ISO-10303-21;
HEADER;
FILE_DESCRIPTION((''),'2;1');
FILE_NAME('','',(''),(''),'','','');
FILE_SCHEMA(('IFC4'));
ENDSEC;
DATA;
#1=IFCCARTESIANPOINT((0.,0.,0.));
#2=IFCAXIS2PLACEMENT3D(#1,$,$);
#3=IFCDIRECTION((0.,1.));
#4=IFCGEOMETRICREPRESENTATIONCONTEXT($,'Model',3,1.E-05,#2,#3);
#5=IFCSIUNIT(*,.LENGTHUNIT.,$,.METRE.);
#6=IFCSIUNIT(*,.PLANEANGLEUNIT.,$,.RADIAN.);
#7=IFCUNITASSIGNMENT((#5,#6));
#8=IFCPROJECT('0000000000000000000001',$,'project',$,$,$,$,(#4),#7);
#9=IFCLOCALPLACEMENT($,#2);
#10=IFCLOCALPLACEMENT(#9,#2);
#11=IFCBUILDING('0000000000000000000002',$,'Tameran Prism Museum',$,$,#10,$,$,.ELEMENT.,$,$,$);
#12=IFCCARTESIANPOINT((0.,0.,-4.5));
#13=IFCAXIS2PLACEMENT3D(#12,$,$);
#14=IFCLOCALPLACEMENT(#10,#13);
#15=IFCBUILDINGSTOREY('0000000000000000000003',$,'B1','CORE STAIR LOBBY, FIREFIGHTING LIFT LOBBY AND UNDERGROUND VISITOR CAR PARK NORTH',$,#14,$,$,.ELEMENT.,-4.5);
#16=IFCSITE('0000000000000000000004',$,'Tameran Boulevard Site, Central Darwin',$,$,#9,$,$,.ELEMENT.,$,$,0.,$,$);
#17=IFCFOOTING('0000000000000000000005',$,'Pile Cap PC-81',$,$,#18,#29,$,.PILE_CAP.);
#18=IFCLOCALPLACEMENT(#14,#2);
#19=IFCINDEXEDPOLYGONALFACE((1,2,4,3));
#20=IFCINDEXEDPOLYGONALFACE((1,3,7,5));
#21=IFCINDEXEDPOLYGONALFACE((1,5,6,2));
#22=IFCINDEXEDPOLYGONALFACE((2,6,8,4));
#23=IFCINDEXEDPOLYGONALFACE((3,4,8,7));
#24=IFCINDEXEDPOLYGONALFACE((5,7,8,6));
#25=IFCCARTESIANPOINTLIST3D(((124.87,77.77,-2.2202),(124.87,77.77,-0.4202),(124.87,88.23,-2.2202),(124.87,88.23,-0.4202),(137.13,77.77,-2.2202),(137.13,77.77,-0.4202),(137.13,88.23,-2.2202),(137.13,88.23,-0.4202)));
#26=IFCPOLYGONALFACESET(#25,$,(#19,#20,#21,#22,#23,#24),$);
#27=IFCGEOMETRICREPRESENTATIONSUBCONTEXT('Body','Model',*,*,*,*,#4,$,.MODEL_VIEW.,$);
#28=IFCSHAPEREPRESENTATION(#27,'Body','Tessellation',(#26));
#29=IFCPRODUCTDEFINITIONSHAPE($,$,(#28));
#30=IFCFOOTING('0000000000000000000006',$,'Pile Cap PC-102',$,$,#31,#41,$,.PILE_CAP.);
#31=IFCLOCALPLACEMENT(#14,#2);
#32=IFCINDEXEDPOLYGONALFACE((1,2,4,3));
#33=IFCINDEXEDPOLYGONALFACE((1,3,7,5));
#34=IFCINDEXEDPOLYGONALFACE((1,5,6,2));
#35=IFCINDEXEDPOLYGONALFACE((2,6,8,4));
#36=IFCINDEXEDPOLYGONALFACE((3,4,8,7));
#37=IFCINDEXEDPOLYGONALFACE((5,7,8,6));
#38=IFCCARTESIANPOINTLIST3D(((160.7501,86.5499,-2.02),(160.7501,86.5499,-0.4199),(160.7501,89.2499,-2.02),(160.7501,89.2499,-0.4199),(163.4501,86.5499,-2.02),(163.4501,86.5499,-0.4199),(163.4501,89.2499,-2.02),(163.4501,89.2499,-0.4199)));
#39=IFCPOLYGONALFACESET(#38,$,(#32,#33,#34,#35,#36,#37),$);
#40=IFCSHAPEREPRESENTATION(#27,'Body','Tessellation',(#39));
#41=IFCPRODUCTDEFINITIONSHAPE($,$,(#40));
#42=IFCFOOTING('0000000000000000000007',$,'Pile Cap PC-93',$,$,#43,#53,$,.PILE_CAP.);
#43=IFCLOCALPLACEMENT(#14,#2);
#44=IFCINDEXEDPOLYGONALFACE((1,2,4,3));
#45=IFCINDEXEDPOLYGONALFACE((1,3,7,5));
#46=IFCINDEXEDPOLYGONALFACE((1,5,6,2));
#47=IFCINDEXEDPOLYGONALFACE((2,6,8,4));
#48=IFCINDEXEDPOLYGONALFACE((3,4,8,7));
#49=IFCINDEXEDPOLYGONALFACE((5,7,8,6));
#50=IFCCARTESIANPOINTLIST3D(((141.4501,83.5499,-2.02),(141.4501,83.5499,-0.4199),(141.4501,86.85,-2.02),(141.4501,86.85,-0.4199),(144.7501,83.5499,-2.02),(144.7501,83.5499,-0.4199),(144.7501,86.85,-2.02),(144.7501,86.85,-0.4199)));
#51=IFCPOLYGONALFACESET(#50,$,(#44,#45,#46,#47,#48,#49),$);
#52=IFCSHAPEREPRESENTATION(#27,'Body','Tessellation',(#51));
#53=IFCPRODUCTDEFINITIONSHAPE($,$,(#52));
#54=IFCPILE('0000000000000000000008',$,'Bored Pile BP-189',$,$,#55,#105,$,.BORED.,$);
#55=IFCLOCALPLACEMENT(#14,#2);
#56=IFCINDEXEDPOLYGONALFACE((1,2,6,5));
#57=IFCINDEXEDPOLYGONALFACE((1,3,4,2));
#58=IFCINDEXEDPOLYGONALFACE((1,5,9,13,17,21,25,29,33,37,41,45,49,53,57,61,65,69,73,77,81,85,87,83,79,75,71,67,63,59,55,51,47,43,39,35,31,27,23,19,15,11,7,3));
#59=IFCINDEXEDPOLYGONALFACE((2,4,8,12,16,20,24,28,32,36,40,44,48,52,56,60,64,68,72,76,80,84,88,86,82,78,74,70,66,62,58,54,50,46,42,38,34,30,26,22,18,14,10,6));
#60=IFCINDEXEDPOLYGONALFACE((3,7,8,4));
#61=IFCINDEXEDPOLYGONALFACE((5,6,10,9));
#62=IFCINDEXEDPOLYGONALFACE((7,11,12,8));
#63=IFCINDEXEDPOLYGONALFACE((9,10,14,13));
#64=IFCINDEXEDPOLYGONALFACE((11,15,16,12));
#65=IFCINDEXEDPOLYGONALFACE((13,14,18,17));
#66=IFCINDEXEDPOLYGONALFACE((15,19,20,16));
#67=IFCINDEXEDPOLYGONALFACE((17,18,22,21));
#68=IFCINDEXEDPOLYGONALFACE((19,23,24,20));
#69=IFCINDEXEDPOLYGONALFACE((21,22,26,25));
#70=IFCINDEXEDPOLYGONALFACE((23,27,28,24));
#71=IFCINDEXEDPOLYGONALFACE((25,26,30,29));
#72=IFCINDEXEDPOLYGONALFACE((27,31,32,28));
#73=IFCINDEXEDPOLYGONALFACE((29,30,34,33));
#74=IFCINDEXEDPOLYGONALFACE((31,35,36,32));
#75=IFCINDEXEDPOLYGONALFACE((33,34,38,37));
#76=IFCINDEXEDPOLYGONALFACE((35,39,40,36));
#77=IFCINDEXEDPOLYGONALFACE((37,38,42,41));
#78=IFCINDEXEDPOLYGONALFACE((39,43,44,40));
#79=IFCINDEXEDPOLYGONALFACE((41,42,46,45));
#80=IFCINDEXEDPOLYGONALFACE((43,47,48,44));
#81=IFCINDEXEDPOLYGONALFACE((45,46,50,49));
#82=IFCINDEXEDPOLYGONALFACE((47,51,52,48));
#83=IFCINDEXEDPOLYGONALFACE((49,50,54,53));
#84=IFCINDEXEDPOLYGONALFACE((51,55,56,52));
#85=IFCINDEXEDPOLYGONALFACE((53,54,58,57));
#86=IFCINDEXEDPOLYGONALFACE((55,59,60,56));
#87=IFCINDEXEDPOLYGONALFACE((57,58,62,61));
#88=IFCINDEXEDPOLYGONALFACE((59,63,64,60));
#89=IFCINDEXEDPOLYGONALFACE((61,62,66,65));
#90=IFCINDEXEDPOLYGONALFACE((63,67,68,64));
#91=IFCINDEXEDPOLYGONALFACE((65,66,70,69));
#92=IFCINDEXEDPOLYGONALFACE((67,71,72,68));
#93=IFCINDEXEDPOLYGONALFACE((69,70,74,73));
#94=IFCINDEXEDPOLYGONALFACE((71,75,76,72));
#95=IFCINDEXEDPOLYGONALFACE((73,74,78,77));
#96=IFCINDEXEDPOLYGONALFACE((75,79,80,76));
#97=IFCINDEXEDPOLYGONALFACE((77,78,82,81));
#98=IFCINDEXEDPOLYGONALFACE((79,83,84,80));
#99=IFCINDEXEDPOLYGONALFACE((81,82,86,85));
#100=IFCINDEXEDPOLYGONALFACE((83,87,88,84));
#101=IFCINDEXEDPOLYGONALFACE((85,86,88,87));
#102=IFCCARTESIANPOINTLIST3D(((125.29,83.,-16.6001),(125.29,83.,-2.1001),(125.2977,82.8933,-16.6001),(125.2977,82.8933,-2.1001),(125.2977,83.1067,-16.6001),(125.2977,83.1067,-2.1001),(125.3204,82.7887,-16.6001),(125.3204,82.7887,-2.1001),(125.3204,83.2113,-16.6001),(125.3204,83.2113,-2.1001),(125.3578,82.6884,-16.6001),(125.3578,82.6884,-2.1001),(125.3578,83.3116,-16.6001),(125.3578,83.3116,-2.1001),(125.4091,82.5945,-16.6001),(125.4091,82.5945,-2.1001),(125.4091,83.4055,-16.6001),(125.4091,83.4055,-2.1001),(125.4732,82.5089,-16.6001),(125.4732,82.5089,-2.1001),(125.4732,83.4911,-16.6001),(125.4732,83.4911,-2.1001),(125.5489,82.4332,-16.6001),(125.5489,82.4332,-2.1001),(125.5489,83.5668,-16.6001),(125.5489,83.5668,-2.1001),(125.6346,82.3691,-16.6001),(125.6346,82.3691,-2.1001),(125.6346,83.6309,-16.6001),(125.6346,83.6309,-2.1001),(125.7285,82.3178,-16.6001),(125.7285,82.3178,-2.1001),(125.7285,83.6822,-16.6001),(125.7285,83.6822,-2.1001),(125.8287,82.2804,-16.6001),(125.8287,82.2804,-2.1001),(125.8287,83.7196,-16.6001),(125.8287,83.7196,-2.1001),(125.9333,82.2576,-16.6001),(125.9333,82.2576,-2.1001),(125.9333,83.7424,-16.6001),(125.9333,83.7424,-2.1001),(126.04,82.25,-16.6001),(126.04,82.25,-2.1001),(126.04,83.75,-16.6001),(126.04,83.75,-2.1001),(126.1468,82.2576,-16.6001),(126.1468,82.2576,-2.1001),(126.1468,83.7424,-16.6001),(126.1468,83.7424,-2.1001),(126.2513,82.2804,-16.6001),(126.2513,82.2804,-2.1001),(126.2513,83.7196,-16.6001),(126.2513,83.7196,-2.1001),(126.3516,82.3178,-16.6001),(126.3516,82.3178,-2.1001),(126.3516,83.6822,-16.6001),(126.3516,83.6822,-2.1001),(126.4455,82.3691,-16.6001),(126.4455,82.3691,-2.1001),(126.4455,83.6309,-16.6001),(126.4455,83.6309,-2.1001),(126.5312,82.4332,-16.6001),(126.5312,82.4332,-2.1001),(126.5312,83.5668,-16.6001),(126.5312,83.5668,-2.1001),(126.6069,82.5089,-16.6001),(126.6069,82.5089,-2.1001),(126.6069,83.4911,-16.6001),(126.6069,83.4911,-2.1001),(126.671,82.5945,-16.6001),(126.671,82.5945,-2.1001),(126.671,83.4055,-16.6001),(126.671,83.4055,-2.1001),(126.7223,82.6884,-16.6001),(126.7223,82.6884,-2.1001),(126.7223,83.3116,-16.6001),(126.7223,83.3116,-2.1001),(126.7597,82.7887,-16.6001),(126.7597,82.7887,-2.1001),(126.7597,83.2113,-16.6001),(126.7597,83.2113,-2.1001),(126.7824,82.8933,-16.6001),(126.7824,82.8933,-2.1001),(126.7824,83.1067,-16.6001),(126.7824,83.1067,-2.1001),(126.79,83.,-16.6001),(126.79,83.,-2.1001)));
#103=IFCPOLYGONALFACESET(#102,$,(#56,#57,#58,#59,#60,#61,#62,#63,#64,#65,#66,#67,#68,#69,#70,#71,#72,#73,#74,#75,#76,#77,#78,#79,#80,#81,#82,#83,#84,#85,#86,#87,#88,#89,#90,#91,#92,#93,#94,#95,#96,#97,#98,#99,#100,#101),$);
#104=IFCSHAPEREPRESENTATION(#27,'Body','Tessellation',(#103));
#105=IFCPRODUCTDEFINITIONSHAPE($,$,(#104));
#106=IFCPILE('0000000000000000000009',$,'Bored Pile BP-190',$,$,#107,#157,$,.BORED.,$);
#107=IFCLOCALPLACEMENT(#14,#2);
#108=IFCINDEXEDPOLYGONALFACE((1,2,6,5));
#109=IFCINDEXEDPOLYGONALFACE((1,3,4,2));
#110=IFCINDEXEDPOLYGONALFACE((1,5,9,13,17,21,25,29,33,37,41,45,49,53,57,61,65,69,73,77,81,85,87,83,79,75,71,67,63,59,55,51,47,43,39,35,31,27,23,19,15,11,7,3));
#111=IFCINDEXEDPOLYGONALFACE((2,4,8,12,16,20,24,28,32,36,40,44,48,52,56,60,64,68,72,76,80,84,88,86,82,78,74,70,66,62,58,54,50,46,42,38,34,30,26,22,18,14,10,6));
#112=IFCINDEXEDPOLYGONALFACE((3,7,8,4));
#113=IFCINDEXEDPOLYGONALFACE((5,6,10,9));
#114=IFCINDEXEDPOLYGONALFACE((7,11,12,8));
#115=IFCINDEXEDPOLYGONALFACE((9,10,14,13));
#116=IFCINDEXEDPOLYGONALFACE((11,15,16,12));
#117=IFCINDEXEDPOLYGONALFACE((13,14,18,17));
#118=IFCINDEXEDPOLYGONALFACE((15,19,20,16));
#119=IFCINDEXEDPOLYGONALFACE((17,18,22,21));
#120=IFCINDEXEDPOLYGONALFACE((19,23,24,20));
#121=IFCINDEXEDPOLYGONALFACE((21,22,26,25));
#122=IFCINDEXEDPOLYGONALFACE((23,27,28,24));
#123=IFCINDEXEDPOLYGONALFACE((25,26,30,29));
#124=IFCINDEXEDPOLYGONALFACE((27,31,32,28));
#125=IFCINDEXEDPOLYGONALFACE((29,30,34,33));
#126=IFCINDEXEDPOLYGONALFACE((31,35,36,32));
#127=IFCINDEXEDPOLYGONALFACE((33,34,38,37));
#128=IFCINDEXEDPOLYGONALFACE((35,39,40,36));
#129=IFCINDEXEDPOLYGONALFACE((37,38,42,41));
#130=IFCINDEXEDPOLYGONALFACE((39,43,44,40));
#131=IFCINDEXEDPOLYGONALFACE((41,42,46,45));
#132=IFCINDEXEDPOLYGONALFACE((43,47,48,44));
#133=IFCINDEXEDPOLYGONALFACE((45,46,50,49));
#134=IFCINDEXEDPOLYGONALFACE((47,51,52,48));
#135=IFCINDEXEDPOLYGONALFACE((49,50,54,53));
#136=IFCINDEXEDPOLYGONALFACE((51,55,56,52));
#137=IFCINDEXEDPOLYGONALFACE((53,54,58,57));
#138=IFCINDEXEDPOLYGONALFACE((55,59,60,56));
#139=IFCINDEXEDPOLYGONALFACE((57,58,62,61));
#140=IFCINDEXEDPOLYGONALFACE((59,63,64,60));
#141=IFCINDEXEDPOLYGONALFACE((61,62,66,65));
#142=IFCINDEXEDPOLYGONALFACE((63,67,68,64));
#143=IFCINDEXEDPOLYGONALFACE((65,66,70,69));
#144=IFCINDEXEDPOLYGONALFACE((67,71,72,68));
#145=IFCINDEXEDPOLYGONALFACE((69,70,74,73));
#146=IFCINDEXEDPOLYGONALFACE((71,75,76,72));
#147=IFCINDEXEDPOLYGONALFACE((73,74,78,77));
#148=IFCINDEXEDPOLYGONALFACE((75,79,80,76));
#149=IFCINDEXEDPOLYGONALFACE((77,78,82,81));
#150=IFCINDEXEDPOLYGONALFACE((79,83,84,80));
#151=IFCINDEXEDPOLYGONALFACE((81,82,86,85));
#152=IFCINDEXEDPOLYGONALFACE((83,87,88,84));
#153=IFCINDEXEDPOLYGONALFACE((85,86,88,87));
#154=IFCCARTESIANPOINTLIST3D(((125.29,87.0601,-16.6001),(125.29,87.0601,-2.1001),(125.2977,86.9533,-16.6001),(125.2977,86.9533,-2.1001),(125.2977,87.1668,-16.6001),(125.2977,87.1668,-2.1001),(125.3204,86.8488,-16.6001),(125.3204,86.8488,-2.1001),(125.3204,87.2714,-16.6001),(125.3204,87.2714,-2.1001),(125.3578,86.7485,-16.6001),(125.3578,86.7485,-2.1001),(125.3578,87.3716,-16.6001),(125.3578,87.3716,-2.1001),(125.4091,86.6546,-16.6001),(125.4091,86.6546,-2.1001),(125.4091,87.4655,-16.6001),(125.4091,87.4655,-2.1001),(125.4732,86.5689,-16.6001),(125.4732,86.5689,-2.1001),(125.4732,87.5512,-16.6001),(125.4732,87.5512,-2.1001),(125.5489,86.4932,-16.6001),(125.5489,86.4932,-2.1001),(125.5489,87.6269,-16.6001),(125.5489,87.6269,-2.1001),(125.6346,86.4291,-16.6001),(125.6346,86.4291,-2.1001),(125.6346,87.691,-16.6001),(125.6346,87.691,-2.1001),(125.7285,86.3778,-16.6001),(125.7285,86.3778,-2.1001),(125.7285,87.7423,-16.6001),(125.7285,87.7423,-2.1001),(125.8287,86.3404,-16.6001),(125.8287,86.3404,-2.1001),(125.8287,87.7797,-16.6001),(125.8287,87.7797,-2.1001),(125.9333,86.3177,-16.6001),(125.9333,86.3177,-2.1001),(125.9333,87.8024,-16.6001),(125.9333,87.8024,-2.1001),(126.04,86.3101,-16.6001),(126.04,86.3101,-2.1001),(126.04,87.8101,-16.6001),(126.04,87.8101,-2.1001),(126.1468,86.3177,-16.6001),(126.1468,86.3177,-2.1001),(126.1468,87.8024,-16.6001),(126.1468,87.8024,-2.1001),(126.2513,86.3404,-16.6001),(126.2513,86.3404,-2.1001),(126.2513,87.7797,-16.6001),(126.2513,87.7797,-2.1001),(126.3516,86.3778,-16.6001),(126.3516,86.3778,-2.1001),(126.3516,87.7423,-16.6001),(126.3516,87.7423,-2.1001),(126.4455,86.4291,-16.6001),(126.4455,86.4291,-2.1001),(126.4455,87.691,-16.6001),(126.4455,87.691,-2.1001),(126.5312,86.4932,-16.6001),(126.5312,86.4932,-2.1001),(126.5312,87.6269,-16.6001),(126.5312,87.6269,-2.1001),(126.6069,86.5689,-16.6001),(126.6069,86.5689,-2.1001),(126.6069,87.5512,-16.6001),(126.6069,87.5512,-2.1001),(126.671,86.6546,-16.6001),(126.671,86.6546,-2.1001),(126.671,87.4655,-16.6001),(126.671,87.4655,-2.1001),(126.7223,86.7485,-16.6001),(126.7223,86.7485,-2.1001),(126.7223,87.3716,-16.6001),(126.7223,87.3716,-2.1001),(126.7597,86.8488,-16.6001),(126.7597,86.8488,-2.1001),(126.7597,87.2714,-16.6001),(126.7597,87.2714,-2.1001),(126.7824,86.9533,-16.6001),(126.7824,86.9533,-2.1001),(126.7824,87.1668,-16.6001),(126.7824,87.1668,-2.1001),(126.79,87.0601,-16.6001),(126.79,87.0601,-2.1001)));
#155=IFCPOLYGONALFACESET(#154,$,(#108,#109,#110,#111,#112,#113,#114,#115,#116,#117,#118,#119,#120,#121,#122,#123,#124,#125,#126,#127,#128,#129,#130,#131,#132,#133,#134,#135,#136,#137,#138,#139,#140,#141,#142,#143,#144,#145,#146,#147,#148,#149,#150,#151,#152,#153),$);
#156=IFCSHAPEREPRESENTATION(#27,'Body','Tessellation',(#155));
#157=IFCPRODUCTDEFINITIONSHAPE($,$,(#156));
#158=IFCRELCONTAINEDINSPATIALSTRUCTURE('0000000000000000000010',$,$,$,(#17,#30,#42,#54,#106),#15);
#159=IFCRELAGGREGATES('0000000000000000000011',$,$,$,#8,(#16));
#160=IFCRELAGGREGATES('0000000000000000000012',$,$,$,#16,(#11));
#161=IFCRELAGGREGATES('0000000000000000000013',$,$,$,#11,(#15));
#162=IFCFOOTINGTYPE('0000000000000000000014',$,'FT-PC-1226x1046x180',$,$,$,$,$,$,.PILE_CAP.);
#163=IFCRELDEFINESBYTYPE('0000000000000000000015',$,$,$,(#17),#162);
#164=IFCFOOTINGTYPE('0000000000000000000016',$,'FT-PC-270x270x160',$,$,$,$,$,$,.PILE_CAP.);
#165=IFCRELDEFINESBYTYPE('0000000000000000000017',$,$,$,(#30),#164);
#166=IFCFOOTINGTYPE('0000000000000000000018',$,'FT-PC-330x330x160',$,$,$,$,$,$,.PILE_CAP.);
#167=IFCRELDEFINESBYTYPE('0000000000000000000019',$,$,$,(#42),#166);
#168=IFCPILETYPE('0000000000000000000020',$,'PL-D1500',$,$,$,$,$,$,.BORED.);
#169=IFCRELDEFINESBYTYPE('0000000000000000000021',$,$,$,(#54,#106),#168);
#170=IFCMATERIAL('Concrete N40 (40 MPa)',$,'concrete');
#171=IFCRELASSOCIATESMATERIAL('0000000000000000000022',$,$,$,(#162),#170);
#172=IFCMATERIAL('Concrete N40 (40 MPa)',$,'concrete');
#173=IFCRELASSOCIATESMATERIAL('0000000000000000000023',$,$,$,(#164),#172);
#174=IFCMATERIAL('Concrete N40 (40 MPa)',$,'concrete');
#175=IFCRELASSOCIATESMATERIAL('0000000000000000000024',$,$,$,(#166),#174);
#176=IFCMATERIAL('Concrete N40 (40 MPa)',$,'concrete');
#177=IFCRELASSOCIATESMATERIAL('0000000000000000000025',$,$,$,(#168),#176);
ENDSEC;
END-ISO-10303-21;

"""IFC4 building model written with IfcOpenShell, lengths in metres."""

from ifc_helpers import new_model, si_unit, direction, frame, origin, origin_2d, place, context, subcontext, project, spatial, rectangle, circle, extrude, material, material_profile, profile_set, type_object, element, save


model = new_model("IFC4")

# Units and contexts
model_context = context("Model", 3, precision=1e-05, world=origin(), true_north=direction((0.0, 1.0)))
body_context = subcontext(model_context, "Body", "Model", "MODEL_VIEW")
ifc_project = project(units=[si_unit("LENGTHUNIT", "METRE"), si_unit("PLANEANGLEUNIT", "RADIAN")], contexts=[model_context])

# Site, building, storey
site_placement = place(None, origin())
site = spatial("IfcSite", under=ifc_project, at=site_placement, Name="Tameran Boulevard Site, Central Darwin", CompositionType="ELEMENT", RefElevation=0.0)
building_placement = place(site_placement, origin())
building = spatial("IfcBuilding", under=site, at=building_placement, Name="Tameran Prism Museum", CompositionType="ELEMENT")
storey_placement = place(building_placement, frame((0.0, 0.0, -4.5)))
storey = spatial("IfcBuildingStorey", under=building, at=storey_placement, Name="B1", Description="CORE STAIR LOBBY, FIREFIGHTING LIFT LOBBY AND UNDERGROUND VISITOR CAR PARK NORTH", CompositionType="ELEMENT", Elevation=-4.5)

# Footings
ifc_material_1 = material(Name="Concrete N40 (40 MPa)", Category="concrete")
footing_type_1 = type_object("IfcFootingType", Name="FT-PC-1226x1046x180", PredefinedType="PILE_CAP", material=ifc_material_1)
footing_1_placement = place(storey_placement, frame((131.0, 83.0, -2.2202), z_axis=(0.0, 0.0, 1.0), x_axis=(1.0, 0.0, 0.0)))
element("IfcFooting", 1, at=footing_1_placement, inside=storey, type_object=footing_type_1, Name="Pile Cap PC-81", PredefinedType="PILE_CAP", context=body_context, shape_type="SweptSolid", body=[
    extrude(rectangle(XDim=12.26, YDim=10.46, at=origin_2d()), origin(), (0.0, 0.0, 1.0), 1.8),
])
ifc_material_2 = material(Name="Concrete N40 (40 MPa)", Category="concrete")
footing_type_2 = type_object("IfcFootingType", Name="FT-PC-270x270x160", PredefinedType="PILE_CAP", material=ifc_material_2)
footing_2_placement = place(storey_placement, frame((162.1001, 87.8999, -2.02), z_axis=(0.0, 0.0, 1.0), x_axis=(1.0, 0.0, 0.0)))
element("IfcFooting", 2, at=footing_2_placement, inside=storey, type_object=footing_type_2, Name="Pile Cap PC-102", PredefinedType="PILE_CAP", context=body_context, shape_type="SweptSolid", body=[
    extrude(rectangle(XDim=2.7, YDim=2.7, at=origin_2d()), origin(), (0.0, 0.0, 1.0), 1.6001),
])
ifc_material_3 = material(Name="Concrete N40 (40 MPa)", Category="concrete")
footing_type_3 = type_object("IfcFootingType", Name="FT-PC-330x330x160", PredefinedType="PILE_CAP", material=ifc_material_3)
footing_3_placement = place(storey_placement, frame((143.1001, 85.2, -2.02), z_axis=(0.0, 0.0, 1.0), x_axis=(1.0, 0.0, 0.0)))
element("IfcFooting", 3, at=footing_3_placement, inside=storey, type_object=footing_type_3, Name="Pile Cap PC-93", PredefinedType="PILE_CAP", context=body_context, shape_type="SweptSolid", body=[
    extrude(rectangle(XDim=3.3, YDim=3.3, at=origin_2d()), origin(), (0.0, 0.0, 1.0), 1.6001),
])

# Piles
ifc_material_4 = material(Name="Concrete N40 (40 MPa)", Category="concrete")
ifc_material_profile_1 = material_profile(ifc_material_4, circle(Radius=0.75, at=origin_2d()))
ifc_profile_set_1 = profile_set([ifc_material_profile_1])
pile_type_1 = type_object("IfcPileType", Name="PL-D1500", PredefinedType="BORED", material=ifc_profile_set_1)
for number, where, z_axis, x_axis, name in (
    (4, (126.04, 83.0, -2.1001), (0.0, 0.0, -1.0), (1.0, 0.0, 0.0), "Bored Pile BP-189"),
    (5, (126.04, 87.0601, -2.1001), (0.0, 0.0, -1.0), (1.0, 0.0, 0.0), "Bored Pile BP-190"),
):
    element("IfcPile", number, at=place(storey_placement, frame(where, z_axis=z_axis, x_axis=x_axis)), inside=storey, type_object=pile_type_1, Name=name, PredefinedType="BORED", context=body_context, shape_type="SweptSolid", body=[
        extrude(circle(Radius=0.75, at=origin_2d()), origin(), (0.0, 0.0, 1.0), 14.5),
    ])

save(model, "model.ifc")
